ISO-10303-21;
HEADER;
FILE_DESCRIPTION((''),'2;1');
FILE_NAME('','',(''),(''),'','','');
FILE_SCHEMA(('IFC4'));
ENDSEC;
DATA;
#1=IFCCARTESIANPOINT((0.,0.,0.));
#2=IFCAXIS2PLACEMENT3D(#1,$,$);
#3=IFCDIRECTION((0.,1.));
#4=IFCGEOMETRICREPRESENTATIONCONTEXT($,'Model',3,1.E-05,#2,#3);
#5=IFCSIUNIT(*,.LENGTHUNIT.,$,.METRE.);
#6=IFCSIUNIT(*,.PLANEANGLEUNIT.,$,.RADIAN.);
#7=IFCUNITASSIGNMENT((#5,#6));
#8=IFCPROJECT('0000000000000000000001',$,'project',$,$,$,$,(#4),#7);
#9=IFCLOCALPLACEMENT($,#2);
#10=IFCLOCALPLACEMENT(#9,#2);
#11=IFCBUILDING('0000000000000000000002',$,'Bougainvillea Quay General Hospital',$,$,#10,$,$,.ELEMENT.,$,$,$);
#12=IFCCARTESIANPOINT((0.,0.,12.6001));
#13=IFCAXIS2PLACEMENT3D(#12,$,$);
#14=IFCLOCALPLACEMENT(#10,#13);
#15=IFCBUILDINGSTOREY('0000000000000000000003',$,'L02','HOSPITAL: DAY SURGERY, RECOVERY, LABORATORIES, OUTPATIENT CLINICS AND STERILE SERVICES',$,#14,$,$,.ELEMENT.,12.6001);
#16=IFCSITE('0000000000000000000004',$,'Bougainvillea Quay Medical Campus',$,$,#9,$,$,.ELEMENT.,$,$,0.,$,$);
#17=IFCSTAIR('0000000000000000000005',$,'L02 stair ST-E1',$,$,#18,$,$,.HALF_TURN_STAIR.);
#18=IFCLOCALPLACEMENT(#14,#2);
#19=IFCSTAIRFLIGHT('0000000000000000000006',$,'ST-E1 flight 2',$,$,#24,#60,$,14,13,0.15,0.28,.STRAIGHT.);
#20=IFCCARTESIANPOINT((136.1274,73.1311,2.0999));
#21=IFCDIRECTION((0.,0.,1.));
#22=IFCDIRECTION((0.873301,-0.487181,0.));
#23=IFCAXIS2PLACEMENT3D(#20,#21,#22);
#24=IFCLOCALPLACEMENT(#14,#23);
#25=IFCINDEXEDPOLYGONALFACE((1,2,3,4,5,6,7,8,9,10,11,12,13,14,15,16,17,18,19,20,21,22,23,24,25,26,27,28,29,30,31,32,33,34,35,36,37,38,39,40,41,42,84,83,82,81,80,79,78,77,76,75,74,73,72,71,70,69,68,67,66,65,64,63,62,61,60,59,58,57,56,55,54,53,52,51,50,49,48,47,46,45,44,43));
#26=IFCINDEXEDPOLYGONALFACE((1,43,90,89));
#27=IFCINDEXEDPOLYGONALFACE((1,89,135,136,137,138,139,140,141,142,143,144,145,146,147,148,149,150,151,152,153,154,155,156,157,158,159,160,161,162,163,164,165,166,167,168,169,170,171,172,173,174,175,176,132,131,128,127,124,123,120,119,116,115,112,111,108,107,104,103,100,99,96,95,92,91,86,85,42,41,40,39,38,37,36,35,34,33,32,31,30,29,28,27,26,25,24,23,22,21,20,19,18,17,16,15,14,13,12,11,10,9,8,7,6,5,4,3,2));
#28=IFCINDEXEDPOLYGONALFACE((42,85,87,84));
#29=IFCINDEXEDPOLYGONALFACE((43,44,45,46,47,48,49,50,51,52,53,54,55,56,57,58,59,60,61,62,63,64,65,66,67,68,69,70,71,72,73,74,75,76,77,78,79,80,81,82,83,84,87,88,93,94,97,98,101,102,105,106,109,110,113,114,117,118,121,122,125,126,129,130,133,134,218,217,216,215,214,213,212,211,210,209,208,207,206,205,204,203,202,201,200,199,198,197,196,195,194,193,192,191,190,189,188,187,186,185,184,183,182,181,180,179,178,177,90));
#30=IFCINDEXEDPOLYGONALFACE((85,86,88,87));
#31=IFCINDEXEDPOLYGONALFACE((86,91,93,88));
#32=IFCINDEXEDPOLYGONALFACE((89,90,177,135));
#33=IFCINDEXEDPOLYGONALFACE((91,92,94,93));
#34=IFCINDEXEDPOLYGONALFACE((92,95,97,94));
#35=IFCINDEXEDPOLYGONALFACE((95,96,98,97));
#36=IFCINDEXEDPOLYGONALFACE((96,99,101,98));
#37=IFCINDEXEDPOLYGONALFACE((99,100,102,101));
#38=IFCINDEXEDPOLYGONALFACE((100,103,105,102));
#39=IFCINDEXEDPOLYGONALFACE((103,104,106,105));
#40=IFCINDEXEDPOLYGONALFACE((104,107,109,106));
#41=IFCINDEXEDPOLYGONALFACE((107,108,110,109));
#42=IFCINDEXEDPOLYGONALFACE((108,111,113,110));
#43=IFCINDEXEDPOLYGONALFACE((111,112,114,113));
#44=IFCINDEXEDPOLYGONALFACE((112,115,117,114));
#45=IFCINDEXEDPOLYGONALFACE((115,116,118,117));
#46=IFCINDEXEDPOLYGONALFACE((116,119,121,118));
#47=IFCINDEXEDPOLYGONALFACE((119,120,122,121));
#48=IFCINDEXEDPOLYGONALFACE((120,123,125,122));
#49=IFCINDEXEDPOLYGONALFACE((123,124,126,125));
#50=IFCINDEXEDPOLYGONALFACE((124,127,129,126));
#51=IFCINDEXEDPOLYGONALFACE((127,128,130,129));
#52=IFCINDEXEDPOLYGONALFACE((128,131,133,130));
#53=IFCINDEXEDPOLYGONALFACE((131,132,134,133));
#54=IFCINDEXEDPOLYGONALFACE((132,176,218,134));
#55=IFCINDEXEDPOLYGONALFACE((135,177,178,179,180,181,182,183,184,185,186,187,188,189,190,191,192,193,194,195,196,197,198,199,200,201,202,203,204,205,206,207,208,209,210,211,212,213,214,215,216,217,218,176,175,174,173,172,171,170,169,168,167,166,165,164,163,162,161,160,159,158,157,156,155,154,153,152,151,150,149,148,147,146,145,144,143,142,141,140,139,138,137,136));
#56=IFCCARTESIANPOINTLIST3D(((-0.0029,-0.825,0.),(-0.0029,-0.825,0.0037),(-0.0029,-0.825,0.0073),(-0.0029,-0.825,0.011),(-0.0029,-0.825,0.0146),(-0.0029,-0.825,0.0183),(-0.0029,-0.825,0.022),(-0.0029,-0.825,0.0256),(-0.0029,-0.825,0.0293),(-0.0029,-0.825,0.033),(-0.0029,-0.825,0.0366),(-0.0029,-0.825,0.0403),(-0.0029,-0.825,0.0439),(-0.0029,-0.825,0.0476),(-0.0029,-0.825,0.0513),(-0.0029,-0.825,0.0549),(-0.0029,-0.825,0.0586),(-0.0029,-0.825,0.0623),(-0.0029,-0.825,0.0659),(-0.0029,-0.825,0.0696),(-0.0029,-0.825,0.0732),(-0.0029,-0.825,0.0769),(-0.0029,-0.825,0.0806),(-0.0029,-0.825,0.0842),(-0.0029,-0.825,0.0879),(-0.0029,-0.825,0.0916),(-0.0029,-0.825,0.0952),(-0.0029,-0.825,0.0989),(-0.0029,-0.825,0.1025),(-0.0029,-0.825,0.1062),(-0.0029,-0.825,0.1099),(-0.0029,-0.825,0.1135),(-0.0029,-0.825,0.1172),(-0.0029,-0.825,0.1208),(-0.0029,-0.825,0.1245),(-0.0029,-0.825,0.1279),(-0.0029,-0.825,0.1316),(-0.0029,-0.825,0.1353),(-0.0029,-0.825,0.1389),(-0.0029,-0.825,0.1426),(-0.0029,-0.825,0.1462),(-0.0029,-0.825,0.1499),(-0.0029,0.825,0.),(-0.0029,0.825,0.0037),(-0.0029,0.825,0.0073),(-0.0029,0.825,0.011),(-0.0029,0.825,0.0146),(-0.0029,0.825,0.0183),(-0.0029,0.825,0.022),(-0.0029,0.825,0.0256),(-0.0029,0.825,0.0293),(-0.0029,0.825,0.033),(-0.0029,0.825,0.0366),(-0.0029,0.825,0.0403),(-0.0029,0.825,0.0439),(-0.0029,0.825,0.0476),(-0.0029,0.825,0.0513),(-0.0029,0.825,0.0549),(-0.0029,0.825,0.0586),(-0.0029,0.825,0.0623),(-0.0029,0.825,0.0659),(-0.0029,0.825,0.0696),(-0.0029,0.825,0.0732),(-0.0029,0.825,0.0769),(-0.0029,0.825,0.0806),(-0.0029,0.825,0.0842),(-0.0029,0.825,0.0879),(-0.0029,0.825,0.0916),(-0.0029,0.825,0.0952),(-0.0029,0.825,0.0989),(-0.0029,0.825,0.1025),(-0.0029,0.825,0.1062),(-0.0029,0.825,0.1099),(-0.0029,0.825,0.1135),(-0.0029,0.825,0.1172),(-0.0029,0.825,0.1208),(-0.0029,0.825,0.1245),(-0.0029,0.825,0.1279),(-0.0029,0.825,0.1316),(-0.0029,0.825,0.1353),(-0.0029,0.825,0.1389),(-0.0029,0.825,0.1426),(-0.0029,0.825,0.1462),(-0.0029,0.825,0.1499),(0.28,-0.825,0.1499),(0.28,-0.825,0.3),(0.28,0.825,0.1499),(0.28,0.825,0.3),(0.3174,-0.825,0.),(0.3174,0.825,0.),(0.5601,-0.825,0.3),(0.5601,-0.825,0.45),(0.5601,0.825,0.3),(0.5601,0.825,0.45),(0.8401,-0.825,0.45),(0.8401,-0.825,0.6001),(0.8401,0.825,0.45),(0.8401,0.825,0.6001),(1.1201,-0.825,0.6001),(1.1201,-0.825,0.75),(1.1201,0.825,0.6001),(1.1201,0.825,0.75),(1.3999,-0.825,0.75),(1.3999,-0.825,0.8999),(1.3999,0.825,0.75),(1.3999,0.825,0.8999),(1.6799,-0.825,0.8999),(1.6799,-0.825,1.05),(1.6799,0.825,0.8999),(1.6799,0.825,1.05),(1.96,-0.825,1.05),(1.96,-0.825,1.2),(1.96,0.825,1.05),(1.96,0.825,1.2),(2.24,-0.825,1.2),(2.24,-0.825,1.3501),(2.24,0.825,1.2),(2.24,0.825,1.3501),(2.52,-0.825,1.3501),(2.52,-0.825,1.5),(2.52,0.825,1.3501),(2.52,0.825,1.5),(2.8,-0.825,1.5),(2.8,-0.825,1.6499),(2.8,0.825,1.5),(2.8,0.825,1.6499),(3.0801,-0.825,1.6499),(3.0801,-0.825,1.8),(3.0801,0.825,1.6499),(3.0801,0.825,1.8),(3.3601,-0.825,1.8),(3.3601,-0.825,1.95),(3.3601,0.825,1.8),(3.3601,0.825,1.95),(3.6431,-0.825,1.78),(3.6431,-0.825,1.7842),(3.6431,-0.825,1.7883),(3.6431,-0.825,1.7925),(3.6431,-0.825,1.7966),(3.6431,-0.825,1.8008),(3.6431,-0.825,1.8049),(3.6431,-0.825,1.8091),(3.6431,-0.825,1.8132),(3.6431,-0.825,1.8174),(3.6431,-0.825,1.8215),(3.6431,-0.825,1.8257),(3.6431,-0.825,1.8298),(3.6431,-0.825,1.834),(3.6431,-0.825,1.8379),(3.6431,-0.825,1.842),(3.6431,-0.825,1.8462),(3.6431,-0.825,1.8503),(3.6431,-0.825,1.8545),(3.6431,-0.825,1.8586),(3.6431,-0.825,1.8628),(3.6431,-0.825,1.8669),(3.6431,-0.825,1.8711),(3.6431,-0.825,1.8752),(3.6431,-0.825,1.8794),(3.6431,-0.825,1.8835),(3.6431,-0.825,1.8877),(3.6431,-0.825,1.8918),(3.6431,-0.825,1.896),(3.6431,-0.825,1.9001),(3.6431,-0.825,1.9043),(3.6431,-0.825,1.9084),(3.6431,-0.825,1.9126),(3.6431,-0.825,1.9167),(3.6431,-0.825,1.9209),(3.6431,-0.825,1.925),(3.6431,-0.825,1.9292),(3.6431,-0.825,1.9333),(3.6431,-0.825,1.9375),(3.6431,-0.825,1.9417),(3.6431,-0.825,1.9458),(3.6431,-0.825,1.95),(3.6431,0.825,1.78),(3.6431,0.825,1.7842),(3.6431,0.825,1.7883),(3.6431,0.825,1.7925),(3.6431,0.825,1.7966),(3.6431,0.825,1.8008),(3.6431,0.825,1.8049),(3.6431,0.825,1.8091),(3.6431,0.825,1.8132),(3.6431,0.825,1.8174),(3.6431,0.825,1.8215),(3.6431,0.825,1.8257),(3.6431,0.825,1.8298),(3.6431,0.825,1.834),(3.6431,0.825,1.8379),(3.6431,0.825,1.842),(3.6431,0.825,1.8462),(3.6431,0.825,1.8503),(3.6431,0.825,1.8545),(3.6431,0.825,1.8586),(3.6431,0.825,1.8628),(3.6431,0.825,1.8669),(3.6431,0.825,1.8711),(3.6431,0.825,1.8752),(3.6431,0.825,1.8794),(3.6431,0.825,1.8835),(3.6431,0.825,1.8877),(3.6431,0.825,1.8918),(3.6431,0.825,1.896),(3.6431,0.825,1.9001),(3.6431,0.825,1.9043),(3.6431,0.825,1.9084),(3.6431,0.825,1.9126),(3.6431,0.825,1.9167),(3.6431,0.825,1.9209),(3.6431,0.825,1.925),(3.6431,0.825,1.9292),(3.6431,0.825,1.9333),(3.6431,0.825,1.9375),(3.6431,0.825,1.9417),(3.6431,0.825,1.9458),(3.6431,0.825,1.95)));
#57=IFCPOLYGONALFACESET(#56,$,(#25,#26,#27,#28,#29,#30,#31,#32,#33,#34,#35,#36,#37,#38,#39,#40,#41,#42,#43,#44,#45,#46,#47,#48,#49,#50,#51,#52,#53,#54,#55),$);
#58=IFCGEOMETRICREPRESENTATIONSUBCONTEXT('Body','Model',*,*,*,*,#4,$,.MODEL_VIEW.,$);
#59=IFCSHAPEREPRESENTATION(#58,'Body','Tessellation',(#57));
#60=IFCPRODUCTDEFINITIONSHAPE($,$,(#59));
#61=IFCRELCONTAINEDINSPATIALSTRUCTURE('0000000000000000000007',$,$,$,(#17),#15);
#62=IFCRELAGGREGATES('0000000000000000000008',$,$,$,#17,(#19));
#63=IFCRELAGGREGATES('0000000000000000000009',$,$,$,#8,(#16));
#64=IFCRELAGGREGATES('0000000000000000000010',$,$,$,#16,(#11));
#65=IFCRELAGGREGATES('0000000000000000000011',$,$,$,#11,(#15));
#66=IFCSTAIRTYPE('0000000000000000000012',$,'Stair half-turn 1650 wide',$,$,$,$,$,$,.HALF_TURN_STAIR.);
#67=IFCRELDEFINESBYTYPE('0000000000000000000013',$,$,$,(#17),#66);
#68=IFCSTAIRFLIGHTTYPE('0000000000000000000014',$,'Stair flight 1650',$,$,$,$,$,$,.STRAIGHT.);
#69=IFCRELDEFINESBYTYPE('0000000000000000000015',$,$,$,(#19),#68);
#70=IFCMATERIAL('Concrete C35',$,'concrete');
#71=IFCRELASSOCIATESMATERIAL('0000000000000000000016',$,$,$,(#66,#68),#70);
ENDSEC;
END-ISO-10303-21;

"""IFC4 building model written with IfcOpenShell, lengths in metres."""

from ifc_helpers import new_model, si_unit, direction, frame, origin, place, context, subcontext, project, spatial, polyline, outline, extrude, material, type_object, element, aggregate, save


model = new_model("IFC4")

# Units and contexts
model_context = context("Model", 3, precision=1e-05, world=origin(), true_north=direction((0.0, 1.0)))
body_context = subcontext(model_context, "Body", "Model", "MODEL_VIEW")
ifc_project = project(units=[si_unit("LENGTHUNIT", "METRE"), si_unit("PLANEANGLEUNIT", "RADIAN")], contexts=[model_context])

# Site, building, storey
site_placement = place(None, origin())
site = spatial("IfcSite", under=ifc_project, at=site_placement, Name="Bougainvillea Quay Medical Campus", CompositionType="ELEMENT", RefElevation=0.0)
building_placement = place(site_placement, origin())
building = spatial("IfcBuilding", under=site, at=building_placement, Name="Bougainvillea Quay General Hospital", CompositionType="ELEMENT")
storey_placement = place(building_placement, frame((0.0, 0.0, 12.6001)))
storey = spatial("IfcBuildingStorey", under=building, at=storey_placement, Name="L02", Description="HOSPITAL: DAY SURGERY, RECOVERY, LABORATORIES, OUTPATIENT CLINICS AND STERILE SERVICES", CompositionType="ELEMENT", Elevation=12.6001)

# Stair, stair flight
ifc_material_1 = material(Name="Concrete C35", Category="concrete")
stair_type = type_object("IfcStairType", Name="Stair half-turn 1650 wide", PredefinedType="HALF_TURN_STAIR", material=ifc_material_1)
stair_placement = place(storey_placement, origin())
stair = element("IfcStair", 1, at=stair_placement, inside=storey, type_object=stair_type, Name="L02 stair ST-E1", PredefinedType="HALF_TURN_STAIR")
stair_flight_type = type_object("IfcStairFlightType", Name="Stair flight 1650", PredefinedType="STRAIGHT", material=ifc_material_1)
stair_flight_1_placement = place(storey_placement, frame((136.1274, 73.1311, 2.0999), z_axis=(0.0, 0.0, 1.0), x_axis=(0.873301, -0.487181, 0.0)))
stair_flight_1 = element("IfcStairFlight", 2, at=stair_flight_1_placement, type_object=stair_flight_type, Name="ST-E1 flight 2", NumberOfRisers=14, NumberOfTreads=13, PredefinedType="STRAIGHT", RiserHeight=0.15, TreadLength=0.28, context=body_context, shape_type="SweptSolid", body=[
    extrude(outline(polyline([(-0.0029, 0.0), (-0.0029, 0.0037), (-0.0029, 0.0073), (-0.0029, 0.011), (-0.0029, 0.0146), (-0.0029, 0.0183), (-0.0029, 0.022), (-0.0029, 0.0256), (-0.0029, 0.0293), (-0.0029, 0.033), (-0.0029, 0.0366), (-0.0029, 0.0403), (-0.0029, 0.0439), (-0.0029, 0.0476), (-0.0029, 0.0513), (-0.0029, 0.0549), (-0.0029, 0.0586), (-0.0029, 0.0623), (-0.0029, 0.0659), (-0.0029, 0.0696), (-0.0029, 0.0732), (-0.0029, 0.0769), (-0.0029, 0.0806), (-0.0029, 0.0842), (-0.0029, 0.0879), (-0.0029, 0.0916), (-0.0029, 0.0952), (-0.0029, 0.0989), (-0.0029, 0.1025), (-0.0029, 0.1062), (-0.0029, 0.1099), (-0.0029, 0.1135), (-0.0029, 0.1172), (-0.0029, 0.1208), (-0.0029, 0.1245), (-0.0029, 0.1279), (-0.0029, 0.1316), (-0.0029, 0.1353), (-0.0029, 0.1389), (-0.0029, 0.1426), (-0.0029, 0.1462), (-0.0029, 0.1499), (0.28, 0.1499), (0.28, 0.3), (0.5601, 0.3), (0.5601, 0.45), (0.8401, 0.45), (0.8401, 0.6001), (1.1201, 0.6001), (1.1201, 0.75), (1.3999, 0.75), (1.3999, 0.8999), (1.6799, 0.8999), (1.6799, 1.05), (1.96, 1.05), (1.96, 1.2), (2.24, 1.2), (2.24, 1.3501), (2.52, 1.3501), (2.52, 1.5), (2.8, 1.5), (2.8, 1.6499), (3.0801, 1.6499), (3.0801, 1.8), (3.3601, 1.8), (3.3601, 1.95), (3.6431, 1.95), (3.6431, 1.9458), (3.6431, 1.9417), (3.6431, 1.9375), (3.6431, 1.9333), (3.6431, 1.9292), (3.6431, 1.925), (3.6431, 1.9209), (3.6431, 1.9167), (3.6431, 1.9126), (3.6431, 1.9084), (3.6431, 1.9043), (3.6431, 1.9001), (3.6431, 1.896), (3.6431, 1.8918), (3.6431, 1.8877), (3.6431, 1.8835), (3.6431, 1.8794), (3.6431, 1.8752), (3.6431, 1.8711), (3.6431, 1.8669), (3.6431, 1.8628), (3.6431, 1.8586), (3.6431, 1.8545), (3.6431, 1.8503), (3.6431, 1.8462), (3.6431, 1.842), (3.6431, 1.8379), (3.6431, 1.834), (3.6431, 1.8298), (3.6431, 1.8257), (3.6431, 1.8215), (3.6431, 1.8174), (3.6431, 1.8132), (3.6431, 1.8091), (3.6431, 1.8049), (3.6431, 1.8008), (3.6431, 1.7966), (3.6431, 1.7925), (3.6431, 1.7883), (3.6431, 1.7842), (3.6431, 1.78), (0.3174, 0.0), (-0.0029, 0.0)])), frame((0.0, 0.825, 0.0), z_axis=(0.0, -1.0, 0.0), x_axis=(1.0, 0.0, 0.0)), (0.0, 0.0, 1.0), 1.6499),
])
aggregate(stair, [stair_flight_1])

save(model, "model.ifc")
